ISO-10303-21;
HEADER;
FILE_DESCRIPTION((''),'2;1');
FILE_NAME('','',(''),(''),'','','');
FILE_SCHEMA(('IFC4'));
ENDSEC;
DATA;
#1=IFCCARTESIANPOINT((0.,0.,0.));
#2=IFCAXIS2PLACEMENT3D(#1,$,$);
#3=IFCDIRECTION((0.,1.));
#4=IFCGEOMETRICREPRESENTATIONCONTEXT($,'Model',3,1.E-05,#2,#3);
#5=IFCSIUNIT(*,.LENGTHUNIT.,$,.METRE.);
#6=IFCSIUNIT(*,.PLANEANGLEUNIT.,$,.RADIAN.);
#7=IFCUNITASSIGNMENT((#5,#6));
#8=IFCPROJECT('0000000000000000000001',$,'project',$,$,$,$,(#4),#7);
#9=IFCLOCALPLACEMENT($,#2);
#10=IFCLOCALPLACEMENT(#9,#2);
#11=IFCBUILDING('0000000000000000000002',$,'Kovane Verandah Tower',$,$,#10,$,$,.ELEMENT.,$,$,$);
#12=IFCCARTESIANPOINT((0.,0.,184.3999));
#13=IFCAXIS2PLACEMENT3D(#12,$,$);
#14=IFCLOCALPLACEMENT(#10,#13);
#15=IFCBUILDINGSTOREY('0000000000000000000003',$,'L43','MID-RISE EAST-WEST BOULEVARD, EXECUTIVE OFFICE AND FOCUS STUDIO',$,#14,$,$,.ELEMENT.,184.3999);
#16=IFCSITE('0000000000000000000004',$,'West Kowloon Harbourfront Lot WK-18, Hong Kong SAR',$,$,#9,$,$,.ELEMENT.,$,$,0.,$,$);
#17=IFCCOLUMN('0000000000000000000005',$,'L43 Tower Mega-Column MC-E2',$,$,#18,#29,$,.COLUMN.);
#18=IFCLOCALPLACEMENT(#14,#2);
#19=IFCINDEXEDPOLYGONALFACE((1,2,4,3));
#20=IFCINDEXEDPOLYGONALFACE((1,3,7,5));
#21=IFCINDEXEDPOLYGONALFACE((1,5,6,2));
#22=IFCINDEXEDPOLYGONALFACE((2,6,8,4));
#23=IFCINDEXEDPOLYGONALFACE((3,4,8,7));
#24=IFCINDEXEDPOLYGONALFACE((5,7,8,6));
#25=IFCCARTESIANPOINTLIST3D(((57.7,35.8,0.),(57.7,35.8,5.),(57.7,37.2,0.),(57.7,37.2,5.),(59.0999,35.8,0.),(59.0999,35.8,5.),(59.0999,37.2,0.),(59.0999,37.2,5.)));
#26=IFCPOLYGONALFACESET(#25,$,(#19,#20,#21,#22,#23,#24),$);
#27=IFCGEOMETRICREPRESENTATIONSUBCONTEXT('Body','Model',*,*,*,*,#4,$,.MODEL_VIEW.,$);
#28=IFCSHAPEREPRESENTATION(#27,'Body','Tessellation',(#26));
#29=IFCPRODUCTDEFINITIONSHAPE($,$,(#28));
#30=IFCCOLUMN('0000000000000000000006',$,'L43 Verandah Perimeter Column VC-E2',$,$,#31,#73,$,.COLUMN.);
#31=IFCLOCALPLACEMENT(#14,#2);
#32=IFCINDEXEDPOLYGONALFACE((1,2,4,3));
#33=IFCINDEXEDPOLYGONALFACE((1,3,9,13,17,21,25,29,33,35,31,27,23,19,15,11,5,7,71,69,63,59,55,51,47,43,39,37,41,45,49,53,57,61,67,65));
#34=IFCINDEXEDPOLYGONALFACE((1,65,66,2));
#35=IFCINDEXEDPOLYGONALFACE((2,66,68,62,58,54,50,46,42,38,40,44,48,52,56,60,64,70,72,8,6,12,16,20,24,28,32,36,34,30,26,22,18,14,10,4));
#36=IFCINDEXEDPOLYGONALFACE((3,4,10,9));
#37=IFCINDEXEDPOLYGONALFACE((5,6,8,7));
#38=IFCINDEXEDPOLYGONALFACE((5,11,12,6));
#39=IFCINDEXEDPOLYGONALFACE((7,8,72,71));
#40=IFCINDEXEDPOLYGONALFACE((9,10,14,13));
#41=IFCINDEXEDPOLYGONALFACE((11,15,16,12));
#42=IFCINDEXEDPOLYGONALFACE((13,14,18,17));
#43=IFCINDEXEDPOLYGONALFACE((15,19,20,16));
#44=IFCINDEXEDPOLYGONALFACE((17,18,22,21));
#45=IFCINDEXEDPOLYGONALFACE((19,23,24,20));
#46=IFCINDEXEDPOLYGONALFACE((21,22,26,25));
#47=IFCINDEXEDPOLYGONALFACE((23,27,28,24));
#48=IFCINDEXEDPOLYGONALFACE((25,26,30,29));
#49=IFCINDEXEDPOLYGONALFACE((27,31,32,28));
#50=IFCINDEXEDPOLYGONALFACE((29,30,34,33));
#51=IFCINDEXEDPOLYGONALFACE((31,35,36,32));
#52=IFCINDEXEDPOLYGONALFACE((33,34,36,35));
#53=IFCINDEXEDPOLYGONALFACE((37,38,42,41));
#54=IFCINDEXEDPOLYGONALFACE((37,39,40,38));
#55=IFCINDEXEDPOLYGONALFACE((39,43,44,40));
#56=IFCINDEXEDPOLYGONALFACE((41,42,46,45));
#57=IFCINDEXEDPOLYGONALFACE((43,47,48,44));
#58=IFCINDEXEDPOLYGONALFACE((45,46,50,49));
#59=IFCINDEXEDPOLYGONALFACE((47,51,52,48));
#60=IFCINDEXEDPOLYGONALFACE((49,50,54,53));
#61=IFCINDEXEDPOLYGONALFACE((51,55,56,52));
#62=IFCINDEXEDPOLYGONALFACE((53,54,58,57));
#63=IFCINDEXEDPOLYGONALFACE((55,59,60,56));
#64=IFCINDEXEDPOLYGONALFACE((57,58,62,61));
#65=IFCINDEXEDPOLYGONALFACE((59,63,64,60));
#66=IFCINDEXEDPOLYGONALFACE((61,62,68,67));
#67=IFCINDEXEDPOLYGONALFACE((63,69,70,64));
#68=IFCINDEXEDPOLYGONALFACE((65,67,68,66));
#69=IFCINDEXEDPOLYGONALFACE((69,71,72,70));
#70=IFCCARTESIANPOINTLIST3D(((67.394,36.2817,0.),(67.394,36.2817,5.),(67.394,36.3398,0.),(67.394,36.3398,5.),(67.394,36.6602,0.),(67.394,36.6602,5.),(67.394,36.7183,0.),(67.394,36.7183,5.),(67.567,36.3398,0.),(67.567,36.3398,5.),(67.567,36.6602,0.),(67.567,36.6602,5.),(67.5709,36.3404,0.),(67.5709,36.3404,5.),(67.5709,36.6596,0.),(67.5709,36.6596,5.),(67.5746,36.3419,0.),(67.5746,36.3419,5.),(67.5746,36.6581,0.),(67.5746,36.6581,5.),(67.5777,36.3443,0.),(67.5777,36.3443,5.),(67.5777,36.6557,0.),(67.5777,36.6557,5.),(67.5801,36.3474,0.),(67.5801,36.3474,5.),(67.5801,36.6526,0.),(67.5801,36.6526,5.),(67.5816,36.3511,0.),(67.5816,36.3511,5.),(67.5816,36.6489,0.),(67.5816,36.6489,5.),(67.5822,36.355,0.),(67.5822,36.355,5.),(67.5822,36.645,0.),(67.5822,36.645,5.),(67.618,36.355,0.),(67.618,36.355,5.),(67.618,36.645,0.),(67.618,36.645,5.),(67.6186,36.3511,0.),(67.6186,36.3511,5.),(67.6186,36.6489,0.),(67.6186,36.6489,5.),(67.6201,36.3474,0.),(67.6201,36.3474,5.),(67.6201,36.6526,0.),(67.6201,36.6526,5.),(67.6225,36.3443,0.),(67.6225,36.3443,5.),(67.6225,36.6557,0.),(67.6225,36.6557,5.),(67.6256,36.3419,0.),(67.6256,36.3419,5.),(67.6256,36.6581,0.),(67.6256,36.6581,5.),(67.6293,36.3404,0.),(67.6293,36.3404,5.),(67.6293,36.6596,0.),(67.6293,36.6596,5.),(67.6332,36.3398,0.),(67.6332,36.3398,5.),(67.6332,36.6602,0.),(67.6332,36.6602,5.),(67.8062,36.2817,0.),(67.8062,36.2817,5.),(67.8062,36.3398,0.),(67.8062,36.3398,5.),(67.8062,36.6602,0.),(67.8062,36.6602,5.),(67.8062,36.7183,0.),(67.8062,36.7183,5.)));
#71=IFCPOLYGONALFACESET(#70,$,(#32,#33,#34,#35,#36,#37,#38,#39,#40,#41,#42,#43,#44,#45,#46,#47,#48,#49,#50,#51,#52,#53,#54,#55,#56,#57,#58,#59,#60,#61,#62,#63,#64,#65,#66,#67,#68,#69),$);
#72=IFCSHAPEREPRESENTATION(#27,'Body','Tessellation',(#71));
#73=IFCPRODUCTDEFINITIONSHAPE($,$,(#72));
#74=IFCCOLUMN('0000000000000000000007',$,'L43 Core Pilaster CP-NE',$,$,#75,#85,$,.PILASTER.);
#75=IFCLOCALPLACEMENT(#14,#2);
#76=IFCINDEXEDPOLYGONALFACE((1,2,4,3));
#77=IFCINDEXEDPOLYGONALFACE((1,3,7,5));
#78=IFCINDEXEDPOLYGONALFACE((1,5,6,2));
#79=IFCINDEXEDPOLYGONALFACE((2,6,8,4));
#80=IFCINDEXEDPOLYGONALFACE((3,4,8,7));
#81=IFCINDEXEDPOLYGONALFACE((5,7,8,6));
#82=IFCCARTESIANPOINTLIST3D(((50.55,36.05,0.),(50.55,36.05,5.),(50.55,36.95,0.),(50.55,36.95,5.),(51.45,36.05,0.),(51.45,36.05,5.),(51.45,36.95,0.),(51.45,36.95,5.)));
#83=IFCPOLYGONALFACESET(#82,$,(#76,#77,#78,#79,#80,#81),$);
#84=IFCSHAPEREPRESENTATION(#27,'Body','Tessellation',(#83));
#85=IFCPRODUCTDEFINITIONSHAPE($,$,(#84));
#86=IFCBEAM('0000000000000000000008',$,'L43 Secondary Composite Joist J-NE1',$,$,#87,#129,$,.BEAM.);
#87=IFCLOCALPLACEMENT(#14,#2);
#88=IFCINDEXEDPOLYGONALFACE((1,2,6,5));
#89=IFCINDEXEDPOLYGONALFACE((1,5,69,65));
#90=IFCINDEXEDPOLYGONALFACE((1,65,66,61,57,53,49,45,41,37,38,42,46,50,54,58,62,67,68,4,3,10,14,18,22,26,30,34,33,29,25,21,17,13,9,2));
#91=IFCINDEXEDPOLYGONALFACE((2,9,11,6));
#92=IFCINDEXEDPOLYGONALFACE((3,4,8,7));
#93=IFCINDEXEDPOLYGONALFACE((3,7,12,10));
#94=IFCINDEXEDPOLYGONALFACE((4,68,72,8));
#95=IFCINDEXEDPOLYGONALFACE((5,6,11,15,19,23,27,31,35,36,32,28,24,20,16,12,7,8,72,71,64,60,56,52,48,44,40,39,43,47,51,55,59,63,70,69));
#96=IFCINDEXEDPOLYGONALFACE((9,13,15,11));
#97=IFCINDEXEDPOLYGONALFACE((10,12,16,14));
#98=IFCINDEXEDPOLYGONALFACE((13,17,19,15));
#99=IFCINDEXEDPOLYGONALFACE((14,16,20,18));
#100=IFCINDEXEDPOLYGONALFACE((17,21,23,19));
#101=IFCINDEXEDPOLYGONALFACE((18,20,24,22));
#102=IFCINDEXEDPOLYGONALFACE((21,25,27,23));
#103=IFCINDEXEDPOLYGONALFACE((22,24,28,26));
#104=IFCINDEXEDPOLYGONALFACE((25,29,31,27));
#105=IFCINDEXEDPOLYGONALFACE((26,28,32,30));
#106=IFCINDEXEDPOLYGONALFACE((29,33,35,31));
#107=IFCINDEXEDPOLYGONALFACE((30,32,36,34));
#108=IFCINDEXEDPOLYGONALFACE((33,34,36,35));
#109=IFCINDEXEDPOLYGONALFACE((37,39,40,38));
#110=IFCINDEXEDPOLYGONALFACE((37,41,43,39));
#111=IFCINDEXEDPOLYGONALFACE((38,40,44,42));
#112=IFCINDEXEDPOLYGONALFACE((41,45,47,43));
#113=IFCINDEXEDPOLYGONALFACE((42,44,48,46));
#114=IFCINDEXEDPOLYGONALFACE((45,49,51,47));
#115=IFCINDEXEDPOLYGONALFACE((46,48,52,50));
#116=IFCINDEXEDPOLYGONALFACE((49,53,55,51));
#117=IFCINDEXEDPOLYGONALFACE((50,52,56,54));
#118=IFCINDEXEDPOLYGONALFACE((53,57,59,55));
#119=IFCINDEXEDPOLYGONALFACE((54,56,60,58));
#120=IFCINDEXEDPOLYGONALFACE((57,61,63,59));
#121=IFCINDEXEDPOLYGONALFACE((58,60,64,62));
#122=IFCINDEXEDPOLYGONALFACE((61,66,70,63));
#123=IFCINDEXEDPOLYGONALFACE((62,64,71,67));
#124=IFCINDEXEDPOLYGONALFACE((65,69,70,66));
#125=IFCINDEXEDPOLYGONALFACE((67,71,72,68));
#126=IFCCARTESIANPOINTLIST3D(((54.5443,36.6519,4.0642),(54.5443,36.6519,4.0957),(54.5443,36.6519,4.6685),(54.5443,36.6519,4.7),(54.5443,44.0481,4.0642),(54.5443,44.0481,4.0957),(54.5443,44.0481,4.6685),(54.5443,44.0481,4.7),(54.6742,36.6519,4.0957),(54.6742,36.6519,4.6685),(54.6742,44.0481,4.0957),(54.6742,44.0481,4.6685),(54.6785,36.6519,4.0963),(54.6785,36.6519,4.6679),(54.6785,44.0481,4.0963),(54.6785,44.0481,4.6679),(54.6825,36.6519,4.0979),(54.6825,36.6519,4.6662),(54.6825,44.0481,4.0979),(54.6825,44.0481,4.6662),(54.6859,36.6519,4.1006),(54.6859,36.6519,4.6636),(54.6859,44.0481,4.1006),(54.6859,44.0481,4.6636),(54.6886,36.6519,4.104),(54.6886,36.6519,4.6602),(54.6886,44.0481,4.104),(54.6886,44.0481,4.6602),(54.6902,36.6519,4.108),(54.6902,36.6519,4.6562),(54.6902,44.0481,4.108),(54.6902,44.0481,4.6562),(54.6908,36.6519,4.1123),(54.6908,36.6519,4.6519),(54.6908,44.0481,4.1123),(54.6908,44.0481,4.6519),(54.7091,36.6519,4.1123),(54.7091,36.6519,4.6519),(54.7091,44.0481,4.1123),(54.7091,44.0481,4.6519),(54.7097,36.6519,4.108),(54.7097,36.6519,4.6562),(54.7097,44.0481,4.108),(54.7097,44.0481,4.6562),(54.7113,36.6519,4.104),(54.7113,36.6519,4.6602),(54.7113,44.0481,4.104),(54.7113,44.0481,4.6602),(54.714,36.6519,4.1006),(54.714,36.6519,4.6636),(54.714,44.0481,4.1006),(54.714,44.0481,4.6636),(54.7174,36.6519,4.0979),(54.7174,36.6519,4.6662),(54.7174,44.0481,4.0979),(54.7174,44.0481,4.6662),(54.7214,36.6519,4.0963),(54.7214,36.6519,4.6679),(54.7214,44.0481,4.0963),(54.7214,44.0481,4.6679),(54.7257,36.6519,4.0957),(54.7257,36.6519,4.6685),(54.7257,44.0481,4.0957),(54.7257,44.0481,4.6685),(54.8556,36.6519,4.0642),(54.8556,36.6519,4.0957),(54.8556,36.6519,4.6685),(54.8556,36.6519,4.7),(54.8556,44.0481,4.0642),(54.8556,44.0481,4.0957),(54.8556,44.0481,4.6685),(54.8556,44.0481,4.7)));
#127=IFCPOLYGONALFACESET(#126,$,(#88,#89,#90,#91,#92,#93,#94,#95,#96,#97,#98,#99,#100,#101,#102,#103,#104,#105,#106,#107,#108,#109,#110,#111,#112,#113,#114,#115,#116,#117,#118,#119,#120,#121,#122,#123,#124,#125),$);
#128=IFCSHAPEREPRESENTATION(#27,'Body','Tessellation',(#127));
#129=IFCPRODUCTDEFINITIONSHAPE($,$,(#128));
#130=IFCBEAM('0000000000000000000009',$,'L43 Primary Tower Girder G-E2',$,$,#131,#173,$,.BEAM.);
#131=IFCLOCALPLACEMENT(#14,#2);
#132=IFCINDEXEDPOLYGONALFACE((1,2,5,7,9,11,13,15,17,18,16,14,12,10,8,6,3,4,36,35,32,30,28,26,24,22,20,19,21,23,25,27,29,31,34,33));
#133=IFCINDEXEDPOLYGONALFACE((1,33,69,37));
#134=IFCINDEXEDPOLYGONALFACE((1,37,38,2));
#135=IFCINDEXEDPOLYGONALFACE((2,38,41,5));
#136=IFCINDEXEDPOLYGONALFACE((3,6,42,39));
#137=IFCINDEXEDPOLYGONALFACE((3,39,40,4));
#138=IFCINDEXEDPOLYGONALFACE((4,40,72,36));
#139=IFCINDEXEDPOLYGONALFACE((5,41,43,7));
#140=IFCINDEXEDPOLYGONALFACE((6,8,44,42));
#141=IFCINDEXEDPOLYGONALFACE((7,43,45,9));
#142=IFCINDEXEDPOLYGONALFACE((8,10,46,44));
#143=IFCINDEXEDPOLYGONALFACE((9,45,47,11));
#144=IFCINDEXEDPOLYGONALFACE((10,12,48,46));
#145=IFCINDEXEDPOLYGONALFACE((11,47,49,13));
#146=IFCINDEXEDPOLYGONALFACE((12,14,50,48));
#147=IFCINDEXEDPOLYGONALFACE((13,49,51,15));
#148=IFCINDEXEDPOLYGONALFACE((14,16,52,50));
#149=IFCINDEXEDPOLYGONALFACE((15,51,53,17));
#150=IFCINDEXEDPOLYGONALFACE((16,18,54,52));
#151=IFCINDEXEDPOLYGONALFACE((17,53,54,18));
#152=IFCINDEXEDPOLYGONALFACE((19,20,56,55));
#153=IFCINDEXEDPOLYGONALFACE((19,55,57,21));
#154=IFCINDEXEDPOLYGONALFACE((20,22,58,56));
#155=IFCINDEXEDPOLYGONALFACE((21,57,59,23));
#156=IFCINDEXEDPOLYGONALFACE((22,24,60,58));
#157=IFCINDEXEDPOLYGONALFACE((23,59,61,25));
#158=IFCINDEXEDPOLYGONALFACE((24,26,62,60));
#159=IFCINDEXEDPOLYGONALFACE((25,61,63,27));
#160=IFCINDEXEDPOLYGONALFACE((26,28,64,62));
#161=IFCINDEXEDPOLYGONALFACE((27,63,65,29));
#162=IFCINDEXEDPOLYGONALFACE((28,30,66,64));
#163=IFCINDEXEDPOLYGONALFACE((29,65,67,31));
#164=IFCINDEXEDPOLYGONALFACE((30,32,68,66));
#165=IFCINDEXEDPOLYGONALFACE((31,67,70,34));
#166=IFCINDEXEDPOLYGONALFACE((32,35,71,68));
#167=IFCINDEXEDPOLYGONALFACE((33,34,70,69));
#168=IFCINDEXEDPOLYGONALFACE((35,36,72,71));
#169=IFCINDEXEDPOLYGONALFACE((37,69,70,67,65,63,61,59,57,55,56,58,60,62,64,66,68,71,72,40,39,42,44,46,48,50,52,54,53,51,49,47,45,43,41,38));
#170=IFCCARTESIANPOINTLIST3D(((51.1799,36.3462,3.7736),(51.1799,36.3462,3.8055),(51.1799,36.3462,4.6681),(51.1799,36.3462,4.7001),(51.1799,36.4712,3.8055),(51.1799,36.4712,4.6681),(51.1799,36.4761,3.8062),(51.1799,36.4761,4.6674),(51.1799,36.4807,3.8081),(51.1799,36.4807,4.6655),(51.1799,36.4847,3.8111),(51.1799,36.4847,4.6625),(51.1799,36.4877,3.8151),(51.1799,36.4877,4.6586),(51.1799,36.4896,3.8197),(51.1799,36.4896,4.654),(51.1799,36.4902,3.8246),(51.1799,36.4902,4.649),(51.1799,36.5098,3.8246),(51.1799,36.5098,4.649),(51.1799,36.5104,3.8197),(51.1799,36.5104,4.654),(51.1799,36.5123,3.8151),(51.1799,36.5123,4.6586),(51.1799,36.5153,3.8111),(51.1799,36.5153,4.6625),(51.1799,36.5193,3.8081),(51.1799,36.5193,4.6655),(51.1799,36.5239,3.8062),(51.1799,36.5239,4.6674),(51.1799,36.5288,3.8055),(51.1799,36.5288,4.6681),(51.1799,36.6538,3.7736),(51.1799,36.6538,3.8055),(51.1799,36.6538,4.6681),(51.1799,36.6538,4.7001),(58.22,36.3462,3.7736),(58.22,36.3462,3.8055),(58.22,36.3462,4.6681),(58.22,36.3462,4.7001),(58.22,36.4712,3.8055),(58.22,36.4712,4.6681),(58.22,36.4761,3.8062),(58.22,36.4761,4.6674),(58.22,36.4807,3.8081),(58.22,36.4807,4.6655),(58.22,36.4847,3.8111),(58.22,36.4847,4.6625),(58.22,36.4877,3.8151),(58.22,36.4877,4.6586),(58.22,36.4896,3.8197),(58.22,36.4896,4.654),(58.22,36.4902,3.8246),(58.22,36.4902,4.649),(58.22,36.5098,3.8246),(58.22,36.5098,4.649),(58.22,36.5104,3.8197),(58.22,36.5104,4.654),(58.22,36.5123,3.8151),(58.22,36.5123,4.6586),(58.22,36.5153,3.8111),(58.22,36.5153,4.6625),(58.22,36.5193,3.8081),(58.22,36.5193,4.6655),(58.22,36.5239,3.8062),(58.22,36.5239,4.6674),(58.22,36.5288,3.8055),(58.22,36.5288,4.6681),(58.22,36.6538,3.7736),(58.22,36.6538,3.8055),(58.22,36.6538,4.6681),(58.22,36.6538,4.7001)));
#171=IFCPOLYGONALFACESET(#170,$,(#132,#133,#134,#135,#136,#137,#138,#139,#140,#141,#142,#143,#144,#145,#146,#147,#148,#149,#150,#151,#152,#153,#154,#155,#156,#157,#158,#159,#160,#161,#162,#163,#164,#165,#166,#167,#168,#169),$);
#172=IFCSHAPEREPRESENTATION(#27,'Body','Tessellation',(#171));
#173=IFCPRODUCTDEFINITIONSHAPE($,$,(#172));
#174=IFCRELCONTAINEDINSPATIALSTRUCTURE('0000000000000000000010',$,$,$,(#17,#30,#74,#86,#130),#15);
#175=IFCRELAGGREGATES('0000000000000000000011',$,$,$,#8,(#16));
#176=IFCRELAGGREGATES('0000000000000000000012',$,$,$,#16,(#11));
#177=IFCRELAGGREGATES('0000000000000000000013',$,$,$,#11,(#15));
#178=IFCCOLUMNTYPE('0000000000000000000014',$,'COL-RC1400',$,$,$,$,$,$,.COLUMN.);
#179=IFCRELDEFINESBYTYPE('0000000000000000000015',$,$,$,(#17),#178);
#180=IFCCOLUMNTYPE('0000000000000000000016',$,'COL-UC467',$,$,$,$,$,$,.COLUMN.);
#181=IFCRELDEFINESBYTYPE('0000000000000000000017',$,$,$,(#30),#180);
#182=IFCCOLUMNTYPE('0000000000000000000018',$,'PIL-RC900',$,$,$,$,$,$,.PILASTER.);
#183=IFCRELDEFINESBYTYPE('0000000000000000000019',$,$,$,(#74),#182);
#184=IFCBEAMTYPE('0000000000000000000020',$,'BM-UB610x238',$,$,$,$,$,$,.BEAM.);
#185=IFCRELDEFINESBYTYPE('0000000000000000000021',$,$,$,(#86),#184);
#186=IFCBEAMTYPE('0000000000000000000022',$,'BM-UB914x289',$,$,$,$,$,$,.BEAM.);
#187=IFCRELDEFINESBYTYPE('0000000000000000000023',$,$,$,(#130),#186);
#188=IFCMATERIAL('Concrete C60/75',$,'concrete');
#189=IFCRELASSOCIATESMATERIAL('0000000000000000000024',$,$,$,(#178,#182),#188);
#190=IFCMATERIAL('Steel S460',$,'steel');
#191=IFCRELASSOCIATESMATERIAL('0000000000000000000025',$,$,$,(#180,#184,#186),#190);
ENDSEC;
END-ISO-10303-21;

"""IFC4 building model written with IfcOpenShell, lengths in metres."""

from ifc_helpers import new_model, si_unit, direction, frame, origin, origin_2d, place, context, subcontext, project, spatial, rectangle, i_section, extrude, material, material_profile, profile_set, type_object, element, save


model = new_model("IFC4")

# Units and contexts
model_context = context("Model", 3, precision=1e-05, world=origin(), true_north=direction((0.0, 1.0)))
body_context = subcontext(model_context, "Body", "Model", "MODEL_VIEW")
ifc_project = project(units=[si_unit("LENGTHUNIT", "METRE"), si_unit("PLANEANGLEUNIT", "RADIAN")], contexts=[model_context])

# Site, building, storey
site_placement = place(None, origin())
site = spatial("IfcSite", under=ifc_project, at=site_placement, Name="West Kowloon Harbourfront Lot WK-18, Hong Kong SAR", CompositionType="ELEMENT", RefElevation=0.0)
building_placement = place(site_placement, origin())
building = spatial("IfcBuilding", under=site, at=building_placement, Name="Kovane Verandah Tower", CompositionType="ELEMENT")
storey_placement = place(building_placement, frame((0.0, 0.0, 184.3999)))
storey = spatial("IfcBuildingStorey", under=building, at=storey_placement, Name="L43", Description="MID-RISE EAST-WEST BOULEVARD, EXECUTIVE OFFICE AND FOCUS STUDIO", CompositionType="ELEMENT", Elevation=184.3999)

# Columns
ifc_material_1 = material(Name="Concrete C60/75", Category="concrete")
ifc_material_profile_1 = material_profile(ifc_material_1, rectangle(XDim=1.3999, YDim=1.3999, at=origin_2d()), Name="RC1400x1400")
ifc_profile_set_1 = profile_set([ifc_material_profile_1], Name="Concrete C60/75")
column_type_1 = type_object("IfcColumnType", Name="COL-RC1400", PredefinedType="COLUMN", material=ifc_profile_set_1)
column_1_placement = place(storey_placement, frame((58.3999, 36.5, 0.0), z_axis=(0.0, 0.0, 1.0), x_axis=(1.0, 0.0, 0.0)))
element("IfcColumn", 1, at=column_1_placement, inside=storey, type_object=column_type_1, Name="L43 Tower Mega-Column MC-E2", PredefinedType="COLUMN", context=body_context, shape_type="SweptSolid", body=[
    extrude(rectangle(XDim=1.3999, YDim=1.3999, at=origin_2d()), origin(), (0.0, 0.0, 1.0), 5.0),
])
ifc_material_2 = material(Name="Steel S460", Category="steel")
ifc_material_profile_2 = material_profile(ifc_material_2, i_section(OverallWidth=0.4121, OverallDepth=0.4365, WebThickness=0.0359, FlangeThickness=0.0581, FilletRadius=0.0151, at=origin_2d()), Name="UC356x406x467")
ifc_profile_set_2 = profile_set([ifc_material_profile_2], Name="Steel S460")
column_type_2 = type_object("IfcColumnType", Name="COL-UC467", PredefinedType="COLUMN", material=ifc_profile_set_2)
column_2_placement = place(storey_placement, frame((67.6001, 36.5, 0.0), z_axis=(0.0, 0.0, 1.0), x_axis=(1.0, 0.0, 0.0)))
element("IfcColumn", 2, at=column_2_placement, inside=storey, type_object=column_type_2, Name="L43 Verandah Perimeter Column VC-E2", PredefinedType="COLUMN", context=body_context, shape_type="SweptSolid", body=[
    extrude(i_section(OverallWidth=0.4121, OverallDepth=0.4365, WebThickness=0.0359, FlangeThickness=0.0581, FilletRadius=0.0151, at=origin_2d()), origin(), (0.0, 0.0, 1.0), 5.0),
])
ifc_material_profile_3 = material_profile(ifc_material_1, rectangle(XDim=0.8999, YDim=0.8999, at=origin_2d()), Name="RC900x900")
ifc_profile_set_3 = profile_set([ifc_material_profile_3], Name="Concrete C60/75")
column_type_3 = type_object("IfcColumnType", Name="PIL-RC900", PredefinedType="PILASTER", material=ifc_profile_set_3)
column_3_placement = place(storey_placement, frame((51.0, 36.5, 0.0), z_axis=(0.0, 0.0, 1.0), x_axis=(1.0, 0.0, 0.0)))
element("IfcColumn", 3, at=column_3_placement, inside=storey, type_object=column_type_3, Name="L43 Core Pilaster CP-NE", PredefinedType="PILASTER", context=body_context, shape_type="SweptSolid", body=[
    extrude(rectangle(XDim=0.8999, YDim=0.8999, at=origin_2d()), origin(), (0.0, 0.0, 1.0), 5.0),
])

# Beams
ifc_material_profile_4 = material_profile(ifc_material_2, i_section(OverallWidth=0.3113, OverallDepth=0.6357, WebThickness=0.0183, FlangeThickness=0.0315, FilletRadius=0.0166, at=origin_2d()), Name="UB610x305x238")
ifc_profile_set_4 = profile_set([ifc_material_profile_4], Name="Steel S460")
beam_type_1 = type_object("IfcBeamType", Name="BM-UB610x238", PredefinedType="BEAM", material=ifc_profile_set_4)
beam_1_placement = place(storey_placement, frame((54.7, 36.6519, 4.3821), z_axis=(0.0, 1.0, 0.0), x_axis=(-1.0, 0.0, 0.0)))
element("IfcBeam", 4, at=beam_1_placement, inside=storey, type_object=beam_type_1, Name="L43 Secondary Composite Joist J-NE1", PredefinedType="BEAM", context=body_context, shape_type="SweptSolid", body=[
    extrude(i_section(OverallWidth=0.3113, OverallDepth=0.6357, WebThickness=0.0183, FlangeThickness=0.0315, FilletRadius=0.0166, at=origin_2d()), origin(), (0.0, 0.0, 1.0), 7.3962),
])
ifc_material_profile_5 = material_profile(ifc_material_2, i_section(OverallWidth=0.3076, OverallDepth=0.9265, WebThickness=0.0195, FlangeThickness=0.032, FilletRadius=0.019, at=origin_2d()), Name="UB914x305x289")
ifc_profile_set_5 = profile_set([ifc_material_profile_5], Name="Steel S460")
beam_type_2 = type_object("IfcBeamType", Name="BM-UB914x289", PredefinedType="BEAM", material=ifc_profile_set_5)
beam_2_placement = place(storey_placement, frame((51.1799, 36.5, 4.2368), z_axis=(1.0, 0.0, 0.0), x_axis=(0.0, 1.0, 0.0)))
element("IfcBeam", 5, at=beam_2_placement, inside=storey, type_object=beam_type_2, Name="L43 Primary Tower Girder G-E2", PredefinedType="BEAM", context=body_context, shape_type="SweptSolid", body=[
    extrude(i_section(OverallWidth=0.3076, OverallDepth=0.9265, WebThickness=0.0195, FlangeThickness=0.032, FilletRadius=0.019, at=origin_2d()), origin(), (0.0, 0.0, 1.0), 7.04),
])

save(model, "model.ifc")
